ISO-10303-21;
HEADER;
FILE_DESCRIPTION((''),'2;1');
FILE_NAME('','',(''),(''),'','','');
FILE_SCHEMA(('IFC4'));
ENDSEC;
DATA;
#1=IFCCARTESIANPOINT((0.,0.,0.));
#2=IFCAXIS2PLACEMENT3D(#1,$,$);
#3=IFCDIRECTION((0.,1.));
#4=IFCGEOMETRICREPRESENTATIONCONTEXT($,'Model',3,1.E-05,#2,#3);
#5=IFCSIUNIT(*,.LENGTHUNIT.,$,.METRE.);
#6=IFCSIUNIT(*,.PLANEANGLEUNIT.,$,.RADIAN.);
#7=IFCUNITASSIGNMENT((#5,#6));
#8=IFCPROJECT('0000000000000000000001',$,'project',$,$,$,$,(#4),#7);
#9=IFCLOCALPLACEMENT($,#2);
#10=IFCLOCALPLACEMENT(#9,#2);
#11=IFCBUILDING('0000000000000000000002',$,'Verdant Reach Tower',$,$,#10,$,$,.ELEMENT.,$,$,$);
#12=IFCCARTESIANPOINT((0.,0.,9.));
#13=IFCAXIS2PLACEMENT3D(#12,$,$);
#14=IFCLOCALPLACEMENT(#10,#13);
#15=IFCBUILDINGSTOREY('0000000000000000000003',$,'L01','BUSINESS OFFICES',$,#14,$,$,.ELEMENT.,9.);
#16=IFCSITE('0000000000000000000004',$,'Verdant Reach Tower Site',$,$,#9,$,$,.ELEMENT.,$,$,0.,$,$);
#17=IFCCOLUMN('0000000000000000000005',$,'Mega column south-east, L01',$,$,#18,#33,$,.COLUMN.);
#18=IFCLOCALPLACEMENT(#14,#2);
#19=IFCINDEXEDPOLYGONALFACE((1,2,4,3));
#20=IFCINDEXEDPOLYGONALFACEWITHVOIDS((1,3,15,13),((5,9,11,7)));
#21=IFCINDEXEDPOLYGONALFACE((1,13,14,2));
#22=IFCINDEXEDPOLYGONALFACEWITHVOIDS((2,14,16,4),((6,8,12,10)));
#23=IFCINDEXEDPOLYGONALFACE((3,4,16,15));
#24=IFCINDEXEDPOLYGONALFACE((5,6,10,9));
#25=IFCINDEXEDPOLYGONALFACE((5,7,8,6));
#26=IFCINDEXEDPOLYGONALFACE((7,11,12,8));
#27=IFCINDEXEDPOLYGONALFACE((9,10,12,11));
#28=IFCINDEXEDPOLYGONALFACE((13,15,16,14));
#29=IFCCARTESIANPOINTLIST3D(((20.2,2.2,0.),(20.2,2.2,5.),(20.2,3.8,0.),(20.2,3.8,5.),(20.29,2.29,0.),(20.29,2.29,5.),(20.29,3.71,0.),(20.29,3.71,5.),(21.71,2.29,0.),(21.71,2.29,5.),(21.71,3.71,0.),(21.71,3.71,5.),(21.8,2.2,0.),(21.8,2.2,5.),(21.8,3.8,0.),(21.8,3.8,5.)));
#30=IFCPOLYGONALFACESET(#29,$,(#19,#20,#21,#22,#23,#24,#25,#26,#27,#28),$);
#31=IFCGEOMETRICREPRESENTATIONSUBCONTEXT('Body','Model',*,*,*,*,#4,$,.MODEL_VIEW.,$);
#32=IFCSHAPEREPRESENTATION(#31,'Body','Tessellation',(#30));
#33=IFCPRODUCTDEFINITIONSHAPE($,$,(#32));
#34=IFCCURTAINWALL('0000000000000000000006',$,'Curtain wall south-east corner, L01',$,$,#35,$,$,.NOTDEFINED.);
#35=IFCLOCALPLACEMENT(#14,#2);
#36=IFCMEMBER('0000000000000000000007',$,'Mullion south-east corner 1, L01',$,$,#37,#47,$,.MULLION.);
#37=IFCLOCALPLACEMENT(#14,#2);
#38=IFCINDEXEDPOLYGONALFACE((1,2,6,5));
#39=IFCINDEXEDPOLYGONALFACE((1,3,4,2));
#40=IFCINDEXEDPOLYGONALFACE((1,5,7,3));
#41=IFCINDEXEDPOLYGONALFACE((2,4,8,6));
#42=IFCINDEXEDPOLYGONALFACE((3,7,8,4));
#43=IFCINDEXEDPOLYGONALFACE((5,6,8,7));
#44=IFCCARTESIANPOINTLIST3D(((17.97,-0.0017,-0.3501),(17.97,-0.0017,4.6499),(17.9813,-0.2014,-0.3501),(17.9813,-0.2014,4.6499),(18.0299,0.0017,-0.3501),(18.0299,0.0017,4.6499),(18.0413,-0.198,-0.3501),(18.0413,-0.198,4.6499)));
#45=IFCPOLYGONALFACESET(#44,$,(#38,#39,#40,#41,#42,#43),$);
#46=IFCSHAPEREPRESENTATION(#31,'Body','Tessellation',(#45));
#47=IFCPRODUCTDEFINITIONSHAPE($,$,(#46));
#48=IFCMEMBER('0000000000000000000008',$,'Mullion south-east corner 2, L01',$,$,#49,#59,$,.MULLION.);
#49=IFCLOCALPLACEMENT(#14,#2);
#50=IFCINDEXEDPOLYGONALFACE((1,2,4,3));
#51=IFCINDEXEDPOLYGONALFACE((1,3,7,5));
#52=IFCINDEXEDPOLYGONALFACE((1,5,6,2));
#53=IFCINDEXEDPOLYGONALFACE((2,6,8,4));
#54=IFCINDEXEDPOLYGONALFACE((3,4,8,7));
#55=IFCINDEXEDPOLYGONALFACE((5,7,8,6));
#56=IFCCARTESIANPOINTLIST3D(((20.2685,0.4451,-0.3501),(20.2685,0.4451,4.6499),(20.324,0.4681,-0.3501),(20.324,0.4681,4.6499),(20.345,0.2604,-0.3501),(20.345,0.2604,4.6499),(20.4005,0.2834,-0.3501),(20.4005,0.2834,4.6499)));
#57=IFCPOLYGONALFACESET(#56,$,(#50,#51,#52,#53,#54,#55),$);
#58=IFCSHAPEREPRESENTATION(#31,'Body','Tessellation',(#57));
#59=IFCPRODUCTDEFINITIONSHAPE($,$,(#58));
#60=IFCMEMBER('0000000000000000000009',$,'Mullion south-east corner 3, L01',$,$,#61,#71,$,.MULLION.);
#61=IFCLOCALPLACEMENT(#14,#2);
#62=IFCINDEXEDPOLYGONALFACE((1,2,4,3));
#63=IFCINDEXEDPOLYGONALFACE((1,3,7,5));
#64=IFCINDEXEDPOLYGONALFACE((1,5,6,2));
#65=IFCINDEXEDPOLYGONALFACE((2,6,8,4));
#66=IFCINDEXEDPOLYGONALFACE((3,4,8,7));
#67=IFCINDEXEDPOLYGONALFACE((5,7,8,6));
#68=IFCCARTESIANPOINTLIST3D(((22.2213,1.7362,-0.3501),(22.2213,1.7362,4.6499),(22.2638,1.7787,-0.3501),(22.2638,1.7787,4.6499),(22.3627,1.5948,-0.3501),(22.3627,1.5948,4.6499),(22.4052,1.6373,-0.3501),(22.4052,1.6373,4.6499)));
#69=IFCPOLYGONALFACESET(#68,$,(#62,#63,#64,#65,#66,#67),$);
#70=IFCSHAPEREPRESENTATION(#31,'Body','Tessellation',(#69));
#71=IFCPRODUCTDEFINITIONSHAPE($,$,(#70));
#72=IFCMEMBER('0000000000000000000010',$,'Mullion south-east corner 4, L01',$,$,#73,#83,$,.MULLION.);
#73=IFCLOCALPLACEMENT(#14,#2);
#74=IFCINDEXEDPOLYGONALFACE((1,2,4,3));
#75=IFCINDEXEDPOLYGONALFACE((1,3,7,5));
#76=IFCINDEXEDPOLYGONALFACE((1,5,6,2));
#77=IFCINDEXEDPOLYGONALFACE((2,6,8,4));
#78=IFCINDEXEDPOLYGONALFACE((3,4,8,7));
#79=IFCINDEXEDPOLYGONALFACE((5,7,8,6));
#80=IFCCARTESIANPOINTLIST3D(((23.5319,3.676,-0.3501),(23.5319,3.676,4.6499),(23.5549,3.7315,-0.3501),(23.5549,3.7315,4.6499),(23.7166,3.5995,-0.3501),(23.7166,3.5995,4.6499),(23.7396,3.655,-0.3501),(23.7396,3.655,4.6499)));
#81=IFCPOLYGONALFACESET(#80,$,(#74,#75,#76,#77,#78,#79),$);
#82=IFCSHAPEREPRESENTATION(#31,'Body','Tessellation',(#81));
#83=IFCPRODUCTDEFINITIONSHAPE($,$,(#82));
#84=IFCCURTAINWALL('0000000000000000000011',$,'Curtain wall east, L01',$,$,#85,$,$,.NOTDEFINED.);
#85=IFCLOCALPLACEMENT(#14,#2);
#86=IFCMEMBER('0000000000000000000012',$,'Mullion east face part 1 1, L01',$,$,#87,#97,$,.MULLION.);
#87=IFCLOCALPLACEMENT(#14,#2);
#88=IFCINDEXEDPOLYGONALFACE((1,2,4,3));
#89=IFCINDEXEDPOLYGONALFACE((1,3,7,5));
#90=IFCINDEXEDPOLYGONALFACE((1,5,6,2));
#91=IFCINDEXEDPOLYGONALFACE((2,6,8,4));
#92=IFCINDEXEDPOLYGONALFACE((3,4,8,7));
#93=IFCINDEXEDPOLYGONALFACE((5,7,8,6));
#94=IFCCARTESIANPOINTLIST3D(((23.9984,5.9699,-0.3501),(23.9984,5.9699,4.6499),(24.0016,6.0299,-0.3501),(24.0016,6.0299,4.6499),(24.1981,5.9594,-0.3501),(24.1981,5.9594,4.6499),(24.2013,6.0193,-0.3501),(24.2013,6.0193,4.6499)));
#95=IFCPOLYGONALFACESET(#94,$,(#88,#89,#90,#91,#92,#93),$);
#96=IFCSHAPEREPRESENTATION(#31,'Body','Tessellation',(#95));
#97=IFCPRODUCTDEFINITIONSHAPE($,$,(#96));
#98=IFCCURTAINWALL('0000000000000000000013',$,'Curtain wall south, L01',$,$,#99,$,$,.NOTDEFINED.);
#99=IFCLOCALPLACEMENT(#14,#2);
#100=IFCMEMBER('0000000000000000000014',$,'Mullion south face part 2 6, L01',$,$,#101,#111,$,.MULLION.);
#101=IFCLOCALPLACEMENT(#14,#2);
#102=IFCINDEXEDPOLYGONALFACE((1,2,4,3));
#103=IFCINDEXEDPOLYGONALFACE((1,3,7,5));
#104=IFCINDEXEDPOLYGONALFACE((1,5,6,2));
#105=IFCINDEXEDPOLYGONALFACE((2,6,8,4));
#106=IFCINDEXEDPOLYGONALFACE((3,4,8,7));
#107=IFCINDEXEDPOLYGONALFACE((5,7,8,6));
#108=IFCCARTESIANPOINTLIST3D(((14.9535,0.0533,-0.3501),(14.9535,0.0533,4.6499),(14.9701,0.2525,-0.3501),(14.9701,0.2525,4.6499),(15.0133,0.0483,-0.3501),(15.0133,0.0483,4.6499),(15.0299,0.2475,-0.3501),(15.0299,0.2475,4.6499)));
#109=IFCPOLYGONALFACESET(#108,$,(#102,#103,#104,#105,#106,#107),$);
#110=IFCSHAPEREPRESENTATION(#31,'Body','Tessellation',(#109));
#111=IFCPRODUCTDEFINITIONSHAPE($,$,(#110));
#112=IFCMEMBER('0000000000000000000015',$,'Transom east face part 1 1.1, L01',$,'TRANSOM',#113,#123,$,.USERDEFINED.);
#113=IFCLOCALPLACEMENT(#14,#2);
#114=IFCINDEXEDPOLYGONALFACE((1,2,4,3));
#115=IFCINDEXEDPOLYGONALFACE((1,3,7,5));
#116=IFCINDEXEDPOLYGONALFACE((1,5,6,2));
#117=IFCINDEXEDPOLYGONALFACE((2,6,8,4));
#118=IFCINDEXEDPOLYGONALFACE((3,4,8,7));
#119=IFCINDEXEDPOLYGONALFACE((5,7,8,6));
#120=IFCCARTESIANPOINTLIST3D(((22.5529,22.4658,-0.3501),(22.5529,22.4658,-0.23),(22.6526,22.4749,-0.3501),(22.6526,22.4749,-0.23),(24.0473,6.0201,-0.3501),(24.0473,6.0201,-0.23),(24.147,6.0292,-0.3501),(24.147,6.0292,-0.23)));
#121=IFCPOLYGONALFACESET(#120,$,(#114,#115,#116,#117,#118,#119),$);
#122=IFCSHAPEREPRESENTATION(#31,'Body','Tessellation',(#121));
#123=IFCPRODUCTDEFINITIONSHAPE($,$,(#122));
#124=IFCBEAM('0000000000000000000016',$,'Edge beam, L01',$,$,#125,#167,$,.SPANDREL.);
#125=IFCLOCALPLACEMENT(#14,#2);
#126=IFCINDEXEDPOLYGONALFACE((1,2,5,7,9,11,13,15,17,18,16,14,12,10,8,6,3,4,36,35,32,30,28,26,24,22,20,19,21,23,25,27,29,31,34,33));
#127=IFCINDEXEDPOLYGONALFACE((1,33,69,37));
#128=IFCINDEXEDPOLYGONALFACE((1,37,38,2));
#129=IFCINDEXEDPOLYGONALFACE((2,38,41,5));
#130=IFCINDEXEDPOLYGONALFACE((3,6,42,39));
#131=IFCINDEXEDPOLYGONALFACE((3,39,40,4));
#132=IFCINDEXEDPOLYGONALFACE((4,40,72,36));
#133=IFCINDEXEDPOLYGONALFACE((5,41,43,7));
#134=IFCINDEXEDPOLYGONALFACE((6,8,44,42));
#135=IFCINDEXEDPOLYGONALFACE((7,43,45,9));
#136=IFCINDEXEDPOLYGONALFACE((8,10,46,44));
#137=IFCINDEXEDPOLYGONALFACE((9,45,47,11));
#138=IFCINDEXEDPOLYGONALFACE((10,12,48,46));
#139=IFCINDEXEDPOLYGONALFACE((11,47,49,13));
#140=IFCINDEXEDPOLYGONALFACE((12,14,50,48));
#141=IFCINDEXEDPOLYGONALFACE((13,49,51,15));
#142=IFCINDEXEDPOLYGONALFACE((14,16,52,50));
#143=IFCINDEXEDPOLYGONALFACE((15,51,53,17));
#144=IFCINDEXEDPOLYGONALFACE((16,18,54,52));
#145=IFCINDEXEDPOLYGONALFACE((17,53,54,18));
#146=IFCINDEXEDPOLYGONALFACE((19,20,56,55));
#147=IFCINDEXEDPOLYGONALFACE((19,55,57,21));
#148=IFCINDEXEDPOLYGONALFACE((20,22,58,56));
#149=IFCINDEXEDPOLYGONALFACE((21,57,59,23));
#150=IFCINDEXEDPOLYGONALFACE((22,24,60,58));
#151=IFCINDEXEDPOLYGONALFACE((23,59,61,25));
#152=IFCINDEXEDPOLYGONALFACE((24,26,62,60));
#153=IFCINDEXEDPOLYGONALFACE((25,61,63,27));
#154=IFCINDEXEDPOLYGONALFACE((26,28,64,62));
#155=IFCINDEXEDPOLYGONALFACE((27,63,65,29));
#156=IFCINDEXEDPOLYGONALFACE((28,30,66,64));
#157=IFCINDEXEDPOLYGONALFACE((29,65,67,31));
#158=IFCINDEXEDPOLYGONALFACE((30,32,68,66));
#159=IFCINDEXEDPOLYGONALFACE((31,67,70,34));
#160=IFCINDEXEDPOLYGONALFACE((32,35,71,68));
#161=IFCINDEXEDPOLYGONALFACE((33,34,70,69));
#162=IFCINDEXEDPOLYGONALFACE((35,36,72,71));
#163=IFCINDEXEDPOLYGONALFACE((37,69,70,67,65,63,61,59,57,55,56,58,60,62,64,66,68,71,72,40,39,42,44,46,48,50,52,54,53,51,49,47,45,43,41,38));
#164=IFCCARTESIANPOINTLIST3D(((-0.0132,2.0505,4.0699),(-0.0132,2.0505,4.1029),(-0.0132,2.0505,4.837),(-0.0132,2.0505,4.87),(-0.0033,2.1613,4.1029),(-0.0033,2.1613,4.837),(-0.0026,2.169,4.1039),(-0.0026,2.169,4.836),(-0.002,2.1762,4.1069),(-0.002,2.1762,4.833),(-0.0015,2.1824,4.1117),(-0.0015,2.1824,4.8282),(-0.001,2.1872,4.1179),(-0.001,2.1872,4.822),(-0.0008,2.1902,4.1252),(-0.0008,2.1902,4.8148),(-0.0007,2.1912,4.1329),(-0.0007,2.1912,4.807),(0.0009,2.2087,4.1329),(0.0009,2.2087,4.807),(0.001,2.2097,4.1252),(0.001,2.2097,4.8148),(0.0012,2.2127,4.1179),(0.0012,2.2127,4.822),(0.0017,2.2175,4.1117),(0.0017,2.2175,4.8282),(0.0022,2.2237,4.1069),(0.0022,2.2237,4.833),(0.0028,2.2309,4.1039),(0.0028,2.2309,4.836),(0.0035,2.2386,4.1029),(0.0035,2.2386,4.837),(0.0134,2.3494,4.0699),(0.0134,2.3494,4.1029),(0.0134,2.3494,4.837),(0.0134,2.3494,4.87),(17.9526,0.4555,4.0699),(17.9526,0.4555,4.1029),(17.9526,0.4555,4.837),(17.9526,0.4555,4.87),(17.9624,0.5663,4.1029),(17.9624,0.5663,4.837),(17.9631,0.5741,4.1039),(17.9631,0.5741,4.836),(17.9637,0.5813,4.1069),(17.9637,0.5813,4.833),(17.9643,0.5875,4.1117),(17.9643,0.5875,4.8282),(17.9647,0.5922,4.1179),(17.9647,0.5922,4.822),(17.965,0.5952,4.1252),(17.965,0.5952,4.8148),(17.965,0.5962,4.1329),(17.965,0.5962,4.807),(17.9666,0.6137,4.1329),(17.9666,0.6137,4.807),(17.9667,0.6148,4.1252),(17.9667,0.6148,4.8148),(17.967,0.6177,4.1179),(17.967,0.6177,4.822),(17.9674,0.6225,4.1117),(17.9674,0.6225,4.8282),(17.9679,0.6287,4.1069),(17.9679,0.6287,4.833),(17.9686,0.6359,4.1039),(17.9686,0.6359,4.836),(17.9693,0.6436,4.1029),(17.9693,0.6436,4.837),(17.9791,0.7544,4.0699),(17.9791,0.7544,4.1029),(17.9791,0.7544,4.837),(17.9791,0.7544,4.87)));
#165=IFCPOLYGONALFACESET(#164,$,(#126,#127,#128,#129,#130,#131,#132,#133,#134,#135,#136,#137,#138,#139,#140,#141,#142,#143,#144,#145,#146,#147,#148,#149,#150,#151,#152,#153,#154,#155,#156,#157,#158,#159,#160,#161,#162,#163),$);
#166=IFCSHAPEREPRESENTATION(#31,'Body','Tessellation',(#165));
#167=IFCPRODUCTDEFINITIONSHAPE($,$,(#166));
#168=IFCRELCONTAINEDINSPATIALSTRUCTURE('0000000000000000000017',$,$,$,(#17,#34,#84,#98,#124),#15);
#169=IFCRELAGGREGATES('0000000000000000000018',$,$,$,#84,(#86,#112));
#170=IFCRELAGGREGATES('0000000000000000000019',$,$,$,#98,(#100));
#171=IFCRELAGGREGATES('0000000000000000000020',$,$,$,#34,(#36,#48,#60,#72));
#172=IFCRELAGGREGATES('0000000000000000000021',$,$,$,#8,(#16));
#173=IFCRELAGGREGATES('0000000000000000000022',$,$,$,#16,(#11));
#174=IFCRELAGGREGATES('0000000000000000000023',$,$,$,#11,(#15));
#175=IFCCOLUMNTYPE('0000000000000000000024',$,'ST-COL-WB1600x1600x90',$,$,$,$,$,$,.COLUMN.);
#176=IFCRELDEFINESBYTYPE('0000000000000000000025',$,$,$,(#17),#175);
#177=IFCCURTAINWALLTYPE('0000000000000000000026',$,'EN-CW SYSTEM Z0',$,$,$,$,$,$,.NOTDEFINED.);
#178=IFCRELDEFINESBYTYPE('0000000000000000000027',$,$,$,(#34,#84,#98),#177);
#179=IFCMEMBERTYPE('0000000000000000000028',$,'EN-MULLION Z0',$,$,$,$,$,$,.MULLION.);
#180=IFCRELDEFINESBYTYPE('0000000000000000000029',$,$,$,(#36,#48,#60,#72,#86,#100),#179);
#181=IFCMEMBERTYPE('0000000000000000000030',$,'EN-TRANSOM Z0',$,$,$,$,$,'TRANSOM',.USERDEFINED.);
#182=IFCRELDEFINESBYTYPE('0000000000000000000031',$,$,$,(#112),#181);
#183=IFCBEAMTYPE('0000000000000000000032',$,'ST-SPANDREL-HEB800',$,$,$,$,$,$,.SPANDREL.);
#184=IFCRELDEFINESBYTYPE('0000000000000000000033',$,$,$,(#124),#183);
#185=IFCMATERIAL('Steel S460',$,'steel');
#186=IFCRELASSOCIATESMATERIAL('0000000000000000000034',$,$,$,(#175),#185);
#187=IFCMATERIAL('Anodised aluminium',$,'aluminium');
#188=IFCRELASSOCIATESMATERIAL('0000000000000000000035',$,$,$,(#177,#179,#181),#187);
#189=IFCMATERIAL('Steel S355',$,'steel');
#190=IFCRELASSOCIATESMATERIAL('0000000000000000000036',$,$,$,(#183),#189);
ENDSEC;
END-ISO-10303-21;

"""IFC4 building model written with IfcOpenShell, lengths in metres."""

from ifc_helpers import new_model, si_unit, direction, frame, origin, origin_2d, place, context, subcontext, project, spatial, rectangle, hollow_rectangle, i_section, extrude, material, material_profile, profile_set, type_object, element, aggregate, save


model = new_model("IFC4")

# Units and contexts
model_context = context("Model", 3, precision=1e-05, world=origin(), true_north=direction((0.0, 1.0)))
body_context = subcontext(model_context, "Body", "Model", "MODEL_VIEW")
ifc_project = project(units=[si_unit("LENGTHUNIT", "METRE"), si_unit("PLANEANGLEUNIT", "RADIAN")], contexts=[model_context])

# Site, building, storey
site_placement = place(None, origin())
site = spatial("IfcSite", under=ifc_project, at=site_placement, Name="Verdant Reach Tower Site", CompositionType="ELEMENT", RefElevation=0.0)
building_placement = place(site_placement, origin())
building = spatial("IfcBuilding", under=site, at=building_placement, Name="Verdant Reach Tower", CompositionType="ELEMENT")
storey_placement = place(building_placement, frame((0.0, 0.0, 9.0)))
storey = spatial("IfcBuildingStorey", under=building, at=storey_placement, Name="L01", Description="BUSINESS OFFICES", CompositionType="ELEMENT", Elevation=9.0)

# Column
ifc_material_1 = material(Name="Steel S460", Category="steel")
ifc_material_profile_1 = material_profile(ifc_material_1, hollow_rectangle(XDim=1.6001, YDim=1.6001, WallThickness=0.0901, at=origin_2d()), Name="WB 1600x1600x90")
ifc_profile_set_1 = profile_set([ifc_material_profile_1], Name="Steel S460")
column_type = type_object("IfcColumnType", Name="ST-COL-WB1600x1600x90", PredefinedType="COLUMN", material=ifc_profile_set_1)
column_placement = place(storey_placement, frame((21.0, 3.0, 0.0), z_axis=(0.0, 0.0, 1.0), x_axis=(1.0, 0.0, 0.0)))
element("IfcColumn", 1, at=column_placement, inside=storey, type_object=column_type, Name="Mega column south-east, L01", PredefinedType="COLUMN", context=body_context, shape_type="SweptSolid", body=[
    extrude(hollow_rectangle(XDim=1.6001, YDim=1.6001, WallThickness=0.0901, at=origin_2d()), origin(), (0.0, 0.0, 1.0), 5.0),
])

# Curtain wall, members
ifc_material_2 = material(Name="Anodised aluminium", Category="aluminium")
curtain_wall_type = type_object("IfcCurtainWallType", Name="EN-CW SYSTEM Z0", PredefinedType="NOTDEFINED", material=ifc_material_2)
curtain_wall_1_placement = place(storey_placement, origin())
curtain_wall_1 = element("IfcCurtainWall", 2, at=curtain_wall_1_placement, inside=storey, type_object=curtain_wall_type, Name="Curtain wall south-east corner, L01", PredefinedType="NOTDEFINED")
ifc_material_profile_2 = material_profile(ifc_material_2, rectangle(XDim=0.2, YDim=0.0601, at=origin_2d()), Name="Mullion 60x200")
ifc_profile_set_2 = profile_set([ifc_material_profile_2], Name="Anodised aluminium")
member_type_1 = type_object("IfcMemberType", Name="EN-MULLION Z0", PredefinedType="MULLION", material=ifc_profile_set_2)
member_1_placement = place(storey_placement, frame((18.0056, -0.0999, -0.3501), z_axis=(0.0, 0.0, 1.0), x_axis=(0.056569, -0.998399, 0.0)))
member_1 = element("IfcMember", 3, at=member_1_placement, type_object=member_type_1, Name="Mullion south-east corner 1, L01", PredefinedType="MULLION", context=body_context, shape_type="SweptSolid", body=[
    extrude(rectangle(XDim=0.2, YDim=0.0601, at=origin_2d()), origin(), (0.0, 0.0, 1.0), 5.0),
])
member_2_placement = place(storey_placement, frame((20.3345, 0.3643, -0.3501), z_axis=(0.0, 0.0, 1.0), x_axis=(0.382694, -0.923875, 0.0)))
member_2 = element("IfcMember", 4, at=member_2_placement, type_object=member_type_1, Name="Mullion south-east corner 2, L01", PredefinedType="MULLION", context=body_context, shape_type="SweptSolid", body=[
    extrude(rectangle(XDim=0.2, YDim=0.0601, at=origin_2d()), origin(), (0.0, 0.0, 1.0), 5.0),
])
member_3_placement = place(storey_placement, frame((22.3132, 1.6868, -0.3501), z_axis=(0.0, 0.0, 1.0), x_axis=(0.707107, -0.707107, 0.0)))
member_3 = element("IfcMember", 5, at=member_3_placement, type_object=member_type_1, Name="Mullion south-east corner 3, L01", PredefinedType="MULLION", context=body_context, shape_type="SweptSolid", body=[
    extrude(rectangle(XDim=0.2, YDim=0.0601, at=origin_2d()), origin(), (0.0, 0.0, 1.0), 5.0),
])
member_4_placement = place(storey_placement, frame((23.6357, 3.6655, -0.3501), z_axis=(0.0, 0.0, 1.0), x_axis=(0.923875, -0.382694, 0.0)))
member_4 = element("IfcMember", 6, at=member_4_placement, type_object=member_type_1, Name="Mullion south-east corner 4, L01", PredefinedType="MULLION", context=body_context, shape_type="SweptSolid", body=[
    extrude(rectangle(XDim=0.2, YDim=0.0601, at=origin_2d()), origin(), (0.0, 0.0, 1.0), 5.0),
])

# Curtain walls, members
curtain_wall_2_placement = place(storey_placement, origin())
curtain_wall_2 = element("IfcCurtainWall", 7, at=curtain_wall_2_placement, inside=storey, type_object=curtain_wall_type, Name="Curtain wall east, L01", PredefinedType="NOTDEFINED")
member_5_placement = place(storey_placement, frame((24.0999, 5.9946, -0.3501), z_axis=(0.0, 0.0, 1.0), x_axis=(0.998604, -0.052815, 0.0)))
member_5 = element("IfcMember", 8, at=member_5_placement, type_object=member_type_1, Name="Mullion east face part 1 1, L01", PredefinedType="MULLION", context=body_context, shape_type="SweptSolid", body=[
    extrude(rectangle(XDim=0.2, YDim=0.0601, at=origin_2d()), origin(), (0.0, 0.0, 1.0), 5.0),
])
curtain_wall_3_placement = place(storey_placement, origin())
curtain_wall_3 = element("IfcCurtainWall", 9, at=curtain_wall_3_placement, inside=storey, type_object=curtain_wall_type, Name="Curtain wall south, L01", PredefinedType="NOTDEFINED")
member_6_placement = place(storey_placement, frame((14.9917, 0.1504, -0.3501), z_axis=(0.0, 0.0, 1.0), x_axis=(-0.083045, -0.996546, 0.0)))
member_6 = element("IfcMember", 10, at=member_6_placement, type_object=member_type_1, Name="Mullion south face part 2 6, L01", PredefinedType="MULLION", context=body_context, shape_type="SweptSolid", body=[
    extrude(rectangle(XDim=0.2, YDim=0.0601, at=origin_2d()), origin(), (0.0, 0.0, 1.0), 5.0),
])

# Member
ifc_material_profile_3 = material_profile(ifc_material_2, rectangle(XDim=0.1001, YDim=0.1201, at=origin_2d()), Name="Transom 120x100")
ifc_profile_set_3 = profile_set([ifc_material_profile_3], Name="Anodised aluminium")
member_type_2 = type_object("IfcMemberType", Name="EN-TRANSOM Z0", ElementType="TRANSOM", PredefinedType="USERDEFINED", material=ifc_profile_set_3)
member_7_placement = place(storey_placement, frame((24.0972, 6.0247, -0.29), z_axis=(-0.090496, 0.995897, 0.0), x_axis=(-0.995897, -0.090496, 0.0)))
member_7 = element("IfcMember", 11, at=member_7_placement, type_object=member_type_2, Name="Transom east face part 1 1.1, L01", ObjectType="TRANSOM", PredefinedType="USERDEFINED", context=body_context, shape_type="SweptSolid", body=[
    extrude(rectangle(XDim=0.1001, YDim=0.1201, at=origin_2d()), origin(), (0.0, 0.0, 1.0), 16.5134),
])
aggregate(curtain_wall_2, [member_5, member_7])

# Beam
ifc_material_3 = material(Name="Steel S355", Category="steel")
ifc_material_profile_4 = material_profile(ifc_material_3, i_section(OverallWidth=0.3, OverallDepth=0.8, WebThickness=0.0176, FlangeThickness=0.033, FilletRadius=0.03, at=origin_2d()), Name="HEB 800")
ifc_profile_set_4 = profile_set([ifc_material_profile_4], Name="Steel S355")
beam_type_1 = type_object("IfcBeamType", Name="ST-SPANDREL-HEB800", PredefinedType="SPANDREL", material=ifc_profile_set_4)
beam_1_placement = place(storey_placement, frame((17.9658, 0.605, 4.47), z_axis=(-0.996082, 0.08843, 0.0), x_axis=(-0.08843, -0.996082, 0.0)))
element("IfcBeam", 12, at=beam_1_placement, inside=storey, type_object=beam_type_1, Name="Edge beam, L01", PredefinedType="SPANDREL", context=body_context, shape_type="SweptSolid", body=[
    extrude(i_section(OverallWidth=0.3, OverallDepth=0.8, WebThickness=0.0176, FlangeThickness=0.033, FilletRadius=0.03, at=origin_2d()), origin(), (0.0, 0.0, 1.0), 18.0364),
])

aggregate(curtain_wall_3, [member_6])
aggregate(curtain_wall_1, [member_1, member_2, member_3, member_4])

save(model, "model.ifc")
